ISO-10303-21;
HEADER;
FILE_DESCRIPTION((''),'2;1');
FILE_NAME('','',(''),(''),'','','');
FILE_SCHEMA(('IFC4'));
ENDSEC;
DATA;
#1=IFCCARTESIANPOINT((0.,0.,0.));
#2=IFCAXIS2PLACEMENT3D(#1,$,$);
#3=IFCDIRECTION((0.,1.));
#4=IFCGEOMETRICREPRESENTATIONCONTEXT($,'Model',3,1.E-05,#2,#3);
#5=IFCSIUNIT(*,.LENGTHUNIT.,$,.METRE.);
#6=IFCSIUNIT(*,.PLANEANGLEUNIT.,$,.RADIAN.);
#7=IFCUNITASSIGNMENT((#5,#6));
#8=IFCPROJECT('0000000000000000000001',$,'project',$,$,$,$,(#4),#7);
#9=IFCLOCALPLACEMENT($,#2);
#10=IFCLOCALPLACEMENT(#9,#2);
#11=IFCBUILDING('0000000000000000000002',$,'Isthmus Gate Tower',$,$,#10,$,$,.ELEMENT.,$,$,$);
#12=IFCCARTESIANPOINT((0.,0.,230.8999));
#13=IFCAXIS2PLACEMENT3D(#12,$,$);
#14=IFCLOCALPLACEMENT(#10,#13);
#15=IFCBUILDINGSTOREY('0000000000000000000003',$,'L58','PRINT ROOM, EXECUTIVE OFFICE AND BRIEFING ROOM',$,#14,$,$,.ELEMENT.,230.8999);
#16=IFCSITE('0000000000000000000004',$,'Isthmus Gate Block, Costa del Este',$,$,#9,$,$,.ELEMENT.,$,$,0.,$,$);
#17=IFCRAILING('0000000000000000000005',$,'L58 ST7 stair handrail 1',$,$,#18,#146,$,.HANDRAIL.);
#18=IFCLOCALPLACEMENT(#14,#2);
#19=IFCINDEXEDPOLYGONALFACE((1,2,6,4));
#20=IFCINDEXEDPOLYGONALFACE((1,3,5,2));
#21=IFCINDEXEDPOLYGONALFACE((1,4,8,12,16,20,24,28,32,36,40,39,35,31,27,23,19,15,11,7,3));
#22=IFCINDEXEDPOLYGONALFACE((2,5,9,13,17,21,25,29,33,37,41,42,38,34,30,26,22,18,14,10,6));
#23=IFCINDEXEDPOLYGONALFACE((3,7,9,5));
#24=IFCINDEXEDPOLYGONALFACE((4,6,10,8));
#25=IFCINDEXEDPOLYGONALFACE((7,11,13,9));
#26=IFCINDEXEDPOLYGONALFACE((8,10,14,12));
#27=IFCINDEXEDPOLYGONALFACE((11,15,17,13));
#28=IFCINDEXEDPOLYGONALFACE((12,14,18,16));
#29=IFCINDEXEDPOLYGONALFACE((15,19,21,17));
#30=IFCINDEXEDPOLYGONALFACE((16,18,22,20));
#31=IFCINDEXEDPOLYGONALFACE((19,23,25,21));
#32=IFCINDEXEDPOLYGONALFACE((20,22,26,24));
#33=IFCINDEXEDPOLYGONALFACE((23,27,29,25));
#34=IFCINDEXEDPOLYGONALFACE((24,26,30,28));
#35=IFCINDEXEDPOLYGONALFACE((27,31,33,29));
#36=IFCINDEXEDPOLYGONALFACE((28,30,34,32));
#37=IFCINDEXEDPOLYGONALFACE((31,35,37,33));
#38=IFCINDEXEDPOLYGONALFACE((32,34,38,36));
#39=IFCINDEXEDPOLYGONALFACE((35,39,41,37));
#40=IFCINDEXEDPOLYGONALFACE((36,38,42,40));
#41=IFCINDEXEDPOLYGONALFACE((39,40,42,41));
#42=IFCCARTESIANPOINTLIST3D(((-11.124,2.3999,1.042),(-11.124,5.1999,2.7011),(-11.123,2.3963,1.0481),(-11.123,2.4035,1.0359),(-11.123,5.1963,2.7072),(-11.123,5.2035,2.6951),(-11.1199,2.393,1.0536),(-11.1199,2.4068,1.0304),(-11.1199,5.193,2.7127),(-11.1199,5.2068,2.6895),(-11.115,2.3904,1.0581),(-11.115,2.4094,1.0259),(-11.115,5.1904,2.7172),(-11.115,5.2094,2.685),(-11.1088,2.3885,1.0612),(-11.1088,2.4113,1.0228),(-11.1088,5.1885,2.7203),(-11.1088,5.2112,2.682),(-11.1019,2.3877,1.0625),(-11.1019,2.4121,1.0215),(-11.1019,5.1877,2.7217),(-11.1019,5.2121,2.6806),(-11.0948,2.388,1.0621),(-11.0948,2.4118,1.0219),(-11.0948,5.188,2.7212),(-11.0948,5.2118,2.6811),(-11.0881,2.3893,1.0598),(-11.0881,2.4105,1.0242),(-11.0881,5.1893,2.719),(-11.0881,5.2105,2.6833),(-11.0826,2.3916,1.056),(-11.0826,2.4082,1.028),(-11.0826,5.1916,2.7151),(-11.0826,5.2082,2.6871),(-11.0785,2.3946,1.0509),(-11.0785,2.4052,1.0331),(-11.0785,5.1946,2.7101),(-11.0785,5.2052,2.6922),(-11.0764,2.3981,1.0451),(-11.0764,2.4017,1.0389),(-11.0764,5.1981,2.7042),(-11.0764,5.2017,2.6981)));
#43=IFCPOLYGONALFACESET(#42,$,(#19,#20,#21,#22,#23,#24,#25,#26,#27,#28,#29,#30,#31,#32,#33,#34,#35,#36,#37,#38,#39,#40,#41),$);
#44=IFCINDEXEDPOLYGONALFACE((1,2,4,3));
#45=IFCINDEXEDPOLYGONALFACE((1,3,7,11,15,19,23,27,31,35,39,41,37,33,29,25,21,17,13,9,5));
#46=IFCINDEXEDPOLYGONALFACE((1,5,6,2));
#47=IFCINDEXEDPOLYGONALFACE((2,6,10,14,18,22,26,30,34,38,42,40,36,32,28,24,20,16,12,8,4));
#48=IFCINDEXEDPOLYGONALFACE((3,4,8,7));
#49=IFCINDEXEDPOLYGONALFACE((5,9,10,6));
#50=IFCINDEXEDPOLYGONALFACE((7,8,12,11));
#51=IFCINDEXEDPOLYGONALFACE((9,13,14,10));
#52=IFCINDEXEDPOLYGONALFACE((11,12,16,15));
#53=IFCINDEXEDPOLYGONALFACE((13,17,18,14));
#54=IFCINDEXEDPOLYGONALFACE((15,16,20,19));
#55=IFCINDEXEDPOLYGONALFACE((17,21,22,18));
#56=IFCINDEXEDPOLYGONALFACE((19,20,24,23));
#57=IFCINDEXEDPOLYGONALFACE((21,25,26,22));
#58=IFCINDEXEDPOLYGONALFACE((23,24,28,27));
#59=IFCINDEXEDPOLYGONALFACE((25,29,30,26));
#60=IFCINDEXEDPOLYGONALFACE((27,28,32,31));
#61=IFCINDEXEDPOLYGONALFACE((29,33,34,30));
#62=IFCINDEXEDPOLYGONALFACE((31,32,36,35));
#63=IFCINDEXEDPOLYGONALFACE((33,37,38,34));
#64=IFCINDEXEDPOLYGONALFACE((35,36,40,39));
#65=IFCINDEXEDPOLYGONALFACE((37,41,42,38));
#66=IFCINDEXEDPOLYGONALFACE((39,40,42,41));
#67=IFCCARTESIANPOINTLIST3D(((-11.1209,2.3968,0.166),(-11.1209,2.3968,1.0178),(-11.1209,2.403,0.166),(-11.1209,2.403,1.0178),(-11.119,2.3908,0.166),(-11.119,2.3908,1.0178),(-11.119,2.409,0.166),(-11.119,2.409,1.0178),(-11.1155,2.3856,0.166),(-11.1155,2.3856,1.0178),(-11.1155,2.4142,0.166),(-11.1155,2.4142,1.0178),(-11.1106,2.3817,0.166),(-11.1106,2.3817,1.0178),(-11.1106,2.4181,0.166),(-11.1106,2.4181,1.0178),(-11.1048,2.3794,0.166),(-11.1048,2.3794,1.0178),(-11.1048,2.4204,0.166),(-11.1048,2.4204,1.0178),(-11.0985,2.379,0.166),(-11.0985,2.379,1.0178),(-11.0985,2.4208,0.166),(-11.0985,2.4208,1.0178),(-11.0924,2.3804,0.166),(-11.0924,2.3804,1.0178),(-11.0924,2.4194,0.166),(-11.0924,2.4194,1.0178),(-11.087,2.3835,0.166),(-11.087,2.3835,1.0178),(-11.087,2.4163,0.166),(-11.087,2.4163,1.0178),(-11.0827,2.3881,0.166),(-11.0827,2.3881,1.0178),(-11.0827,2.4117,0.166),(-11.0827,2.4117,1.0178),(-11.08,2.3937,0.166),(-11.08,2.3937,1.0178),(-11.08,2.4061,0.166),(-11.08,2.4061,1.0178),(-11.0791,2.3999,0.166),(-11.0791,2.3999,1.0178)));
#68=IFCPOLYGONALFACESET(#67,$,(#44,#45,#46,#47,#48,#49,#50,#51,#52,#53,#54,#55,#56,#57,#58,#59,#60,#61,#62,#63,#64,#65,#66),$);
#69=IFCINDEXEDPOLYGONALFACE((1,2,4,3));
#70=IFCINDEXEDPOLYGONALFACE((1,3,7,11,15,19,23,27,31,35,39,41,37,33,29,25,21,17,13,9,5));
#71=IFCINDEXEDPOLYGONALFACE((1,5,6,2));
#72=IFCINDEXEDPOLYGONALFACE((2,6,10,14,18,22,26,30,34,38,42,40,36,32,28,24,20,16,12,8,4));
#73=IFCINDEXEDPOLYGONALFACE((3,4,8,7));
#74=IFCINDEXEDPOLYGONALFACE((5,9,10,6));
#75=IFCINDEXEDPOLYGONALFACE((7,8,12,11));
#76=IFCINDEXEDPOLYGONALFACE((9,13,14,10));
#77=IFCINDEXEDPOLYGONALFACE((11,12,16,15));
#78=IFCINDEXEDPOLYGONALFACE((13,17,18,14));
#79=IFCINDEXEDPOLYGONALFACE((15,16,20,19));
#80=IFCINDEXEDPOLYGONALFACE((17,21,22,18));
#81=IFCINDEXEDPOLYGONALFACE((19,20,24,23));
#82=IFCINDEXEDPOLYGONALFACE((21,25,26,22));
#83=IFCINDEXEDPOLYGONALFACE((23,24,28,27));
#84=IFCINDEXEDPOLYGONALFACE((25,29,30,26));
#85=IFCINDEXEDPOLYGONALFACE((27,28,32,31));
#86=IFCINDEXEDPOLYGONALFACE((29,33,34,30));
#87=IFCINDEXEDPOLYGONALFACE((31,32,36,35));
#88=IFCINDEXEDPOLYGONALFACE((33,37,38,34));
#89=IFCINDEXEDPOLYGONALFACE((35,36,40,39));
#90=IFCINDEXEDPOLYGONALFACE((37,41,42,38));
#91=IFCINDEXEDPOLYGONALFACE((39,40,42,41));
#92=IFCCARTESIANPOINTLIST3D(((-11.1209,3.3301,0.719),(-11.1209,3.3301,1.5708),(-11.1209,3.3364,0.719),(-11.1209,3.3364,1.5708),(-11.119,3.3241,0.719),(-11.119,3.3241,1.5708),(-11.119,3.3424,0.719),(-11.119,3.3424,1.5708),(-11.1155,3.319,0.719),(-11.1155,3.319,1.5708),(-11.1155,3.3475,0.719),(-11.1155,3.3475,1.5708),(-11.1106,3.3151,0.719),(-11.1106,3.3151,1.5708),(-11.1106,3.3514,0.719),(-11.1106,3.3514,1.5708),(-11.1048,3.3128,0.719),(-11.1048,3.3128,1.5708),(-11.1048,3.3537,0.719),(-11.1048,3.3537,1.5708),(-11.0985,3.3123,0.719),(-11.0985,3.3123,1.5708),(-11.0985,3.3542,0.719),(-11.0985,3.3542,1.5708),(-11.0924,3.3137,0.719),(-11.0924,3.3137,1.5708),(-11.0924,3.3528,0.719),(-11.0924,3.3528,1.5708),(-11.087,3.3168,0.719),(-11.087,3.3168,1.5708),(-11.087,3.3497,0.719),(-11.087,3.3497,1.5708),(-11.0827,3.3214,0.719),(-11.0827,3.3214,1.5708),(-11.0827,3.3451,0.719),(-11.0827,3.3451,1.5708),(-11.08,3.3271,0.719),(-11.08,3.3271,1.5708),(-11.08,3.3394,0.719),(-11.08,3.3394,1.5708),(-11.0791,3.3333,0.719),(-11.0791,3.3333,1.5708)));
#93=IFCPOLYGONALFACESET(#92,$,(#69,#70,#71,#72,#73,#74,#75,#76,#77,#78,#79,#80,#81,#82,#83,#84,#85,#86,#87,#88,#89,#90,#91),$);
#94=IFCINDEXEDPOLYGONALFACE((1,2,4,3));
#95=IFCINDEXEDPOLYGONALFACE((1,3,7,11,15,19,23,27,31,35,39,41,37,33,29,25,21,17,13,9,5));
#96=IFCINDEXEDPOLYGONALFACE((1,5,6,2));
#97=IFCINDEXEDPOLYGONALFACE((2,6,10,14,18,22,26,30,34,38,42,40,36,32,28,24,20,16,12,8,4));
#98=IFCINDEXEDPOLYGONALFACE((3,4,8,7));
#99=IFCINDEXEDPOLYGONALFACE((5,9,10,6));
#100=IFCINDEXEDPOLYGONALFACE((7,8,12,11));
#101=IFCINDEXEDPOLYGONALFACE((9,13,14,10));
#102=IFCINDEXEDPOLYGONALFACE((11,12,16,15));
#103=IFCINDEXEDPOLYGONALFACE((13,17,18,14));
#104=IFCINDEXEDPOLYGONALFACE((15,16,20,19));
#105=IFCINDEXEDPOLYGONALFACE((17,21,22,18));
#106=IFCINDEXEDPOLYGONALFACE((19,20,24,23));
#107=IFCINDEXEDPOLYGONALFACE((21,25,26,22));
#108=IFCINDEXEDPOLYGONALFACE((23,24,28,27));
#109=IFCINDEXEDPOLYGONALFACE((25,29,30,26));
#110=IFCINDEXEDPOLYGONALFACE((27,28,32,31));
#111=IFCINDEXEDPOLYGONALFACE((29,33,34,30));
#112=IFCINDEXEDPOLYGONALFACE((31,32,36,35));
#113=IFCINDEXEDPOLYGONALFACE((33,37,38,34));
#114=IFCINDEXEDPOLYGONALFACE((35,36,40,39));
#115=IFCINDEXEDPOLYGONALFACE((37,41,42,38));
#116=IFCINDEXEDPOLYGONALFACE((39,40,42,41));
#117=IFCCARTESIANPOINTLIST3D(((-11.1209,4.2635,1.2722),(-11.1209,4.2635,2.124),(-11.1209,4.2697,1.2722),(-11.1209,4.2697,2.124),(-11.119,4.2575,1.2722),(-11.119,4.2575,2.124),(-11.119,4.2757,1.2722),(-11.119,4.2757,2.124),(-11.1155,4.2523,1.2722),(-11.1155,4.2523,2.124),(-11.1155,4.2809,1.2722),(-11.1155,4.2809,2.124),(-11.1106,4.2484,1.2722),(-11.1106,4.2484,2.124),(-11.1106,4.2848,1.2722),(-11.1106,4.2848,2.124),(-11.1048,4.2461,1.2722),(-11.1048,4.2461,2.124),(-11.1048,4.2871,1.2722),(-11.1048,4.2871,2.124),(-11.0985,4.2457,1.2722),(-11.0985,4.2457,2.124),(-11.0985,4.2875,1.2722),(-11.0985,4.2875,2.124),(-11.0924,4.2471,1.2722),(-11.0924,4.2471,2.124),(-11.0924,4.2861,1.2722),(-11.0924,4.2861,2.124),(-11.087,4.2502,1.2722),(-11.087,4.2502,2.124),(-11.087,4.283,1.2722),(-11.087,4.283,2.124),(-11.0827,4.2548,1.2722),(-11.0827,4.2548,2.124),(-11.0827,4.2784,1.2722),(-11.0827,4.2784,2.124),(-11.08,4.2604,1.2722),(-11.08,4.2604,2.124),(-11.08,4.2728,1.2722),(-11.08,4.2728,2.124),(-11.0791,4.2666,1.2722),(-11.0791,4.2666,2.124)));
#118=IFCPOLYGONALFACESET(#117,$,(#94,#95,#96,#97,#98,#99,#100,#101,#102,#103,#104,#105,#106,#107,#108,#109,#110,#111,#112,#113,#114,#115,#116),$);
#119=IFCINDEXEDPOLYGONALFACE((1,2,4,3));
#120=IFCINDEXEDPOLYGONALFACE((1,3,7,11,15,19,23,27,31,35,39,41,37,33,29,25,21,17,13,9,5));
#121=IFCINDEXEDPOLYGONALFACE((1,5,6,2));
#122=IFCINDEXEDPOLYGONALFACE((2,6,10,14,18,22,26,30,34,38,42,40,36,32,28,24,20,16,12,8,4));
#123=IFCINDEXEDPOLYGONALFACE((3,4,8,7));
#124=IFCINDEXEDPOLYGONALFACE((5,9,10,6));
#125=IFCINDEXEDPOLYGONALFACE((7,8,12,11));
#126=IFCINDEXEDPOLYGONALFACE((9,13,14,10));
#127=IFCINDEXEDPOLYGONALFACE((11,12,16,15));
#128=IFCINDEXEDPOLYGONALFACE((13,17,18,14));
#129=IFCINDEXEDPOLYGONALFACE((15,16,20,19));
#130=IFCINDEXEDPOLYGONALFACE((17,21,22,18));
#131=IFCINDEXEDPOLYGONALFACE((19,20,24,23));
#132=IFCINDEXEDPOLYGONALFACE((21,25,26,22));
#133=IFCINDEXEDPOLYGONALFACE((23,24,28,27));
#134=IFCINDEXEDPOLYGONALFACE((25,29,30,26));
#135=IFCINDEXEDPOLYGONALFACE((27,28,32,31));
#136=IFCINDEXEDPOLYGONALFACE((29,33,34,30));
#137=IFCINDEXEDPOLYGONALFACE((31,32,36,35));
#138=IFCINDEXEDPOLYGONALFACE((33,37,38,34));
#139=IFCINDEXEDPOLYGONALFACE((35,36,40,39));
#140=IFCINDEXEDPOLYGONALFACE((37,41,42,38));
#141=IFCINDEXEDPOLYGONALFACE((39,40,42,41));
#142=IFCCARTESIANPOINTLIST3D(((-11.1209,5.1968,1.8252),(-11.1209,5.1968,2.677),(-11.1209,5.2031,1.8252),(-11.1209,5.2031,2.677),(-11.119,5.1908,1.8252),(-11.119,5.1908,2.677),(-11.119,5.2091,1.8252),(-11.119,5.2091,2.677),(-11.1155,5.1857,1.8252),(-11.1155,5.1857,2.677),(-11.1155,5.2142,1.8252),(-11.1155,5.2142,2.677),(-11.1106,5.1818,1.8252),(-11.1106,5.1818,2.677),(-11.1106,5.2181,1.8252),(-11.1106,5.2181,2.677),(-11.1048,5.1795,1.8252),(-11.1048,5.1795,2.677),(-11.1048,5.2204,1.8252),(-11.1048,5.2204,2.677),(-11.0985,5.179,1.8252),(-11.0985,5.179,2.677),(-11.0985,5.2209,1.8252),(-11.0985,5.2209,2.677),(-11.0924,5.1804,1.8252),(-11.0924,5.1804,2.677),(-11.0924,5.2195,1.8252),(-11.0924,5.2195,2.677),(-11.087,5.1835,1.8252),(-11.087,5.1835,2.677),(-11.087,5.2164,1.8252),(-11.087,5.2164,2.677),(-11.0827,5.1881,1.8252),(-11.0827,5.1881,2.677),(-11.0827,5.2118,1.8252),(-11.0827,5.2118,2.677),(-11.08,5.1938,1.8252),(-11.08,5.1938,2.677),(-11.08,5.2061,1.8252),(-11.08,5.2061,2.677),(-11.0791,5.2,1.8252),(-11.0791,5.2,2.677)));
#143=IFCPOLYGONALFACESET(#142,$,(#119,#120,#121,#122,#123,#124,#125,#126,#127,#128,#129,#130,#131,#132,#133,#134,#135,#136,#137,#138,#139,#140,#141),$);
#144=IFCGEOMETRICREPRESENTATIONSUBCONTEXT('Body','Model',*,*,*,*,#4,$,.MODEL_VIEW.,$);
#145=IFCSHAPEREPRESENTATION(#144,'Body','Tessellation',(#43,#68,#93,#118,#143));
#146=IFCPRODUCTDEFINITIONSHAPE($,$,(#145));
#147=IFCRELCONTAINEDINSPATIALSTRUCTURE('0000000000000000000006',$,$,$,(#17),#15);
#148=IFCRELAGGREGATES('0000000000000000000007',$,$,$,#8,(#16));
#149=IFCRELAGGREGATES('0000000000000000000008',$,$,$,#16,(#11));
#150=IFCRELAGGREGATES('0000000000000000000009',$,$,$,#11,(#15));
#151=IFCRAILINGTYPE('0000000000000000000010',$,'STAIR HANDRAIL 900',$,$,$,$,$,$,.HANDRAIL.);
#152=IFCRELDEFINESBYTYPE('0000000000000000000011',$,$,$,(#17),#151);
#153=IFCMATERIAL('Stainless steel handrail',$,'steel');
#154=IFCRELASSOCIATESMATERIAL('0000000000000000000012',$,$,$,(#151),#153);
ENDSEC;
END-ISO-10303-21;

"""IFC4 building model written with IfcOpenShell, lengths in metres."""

from ifc_helpers import new_model, si_unit, direction, frame, origin, origin_2d, place, context, subcontext, project, spatial, circle, extrude, material, type_object, element, save


model = new_model("IFC4")

# Units and contexts
model_context = context("Model", 3, precision=1e-05, world=origin(), true_north=direction((0.0, 1.0)))
body_context = subcontext(model_context, "Body", "Model", "MODEL_VIEW")
ifc_project = project(units=[si_unit("LENGTHUNIT", "METRE"), si_unit("PLANEANGLEUNIT", "RADIAN")], contexts=[model_context])

# Site, building, storey
site_placement = place(None, origin())
site = spatial("IfcSite", under=ifc_project, at=site_placement, Name="Isthmus Gate Block, Costa del Este", CompositionType="ELEMENT", RefElevation=0.0)
building_placement = place(site_placement, origin())
building = spatial("IfcBuilding", under=site, at=building_placement, Name="Isthmus Gate Tower", CompositionType="ELEMENT")
storey_placement = place(building_placement, frame((0.0, 0.0, 230.8999)))
storey = spatial("IfcBuildingStorey", under=building, at=storey_placement, Name="L58", Description="PRINT ROOM, EXECUTIVE OFFICE AND BRIEFING ROOM", CompositionType="ELEMENT", Elevation=230.8999)

# Railing
ifc_material_1 = material(Name="Stainless steel handrail", Category="steel")
railing_type_1 = type_object("IfcRailingType", Name="STAIR HANDRAIL 900", PredefinedType="HANDRAIL", material=ifc_material_1)
railing_1_placement = place(storey_placement, frame((-11.1001, 2.3999, 0.166)))
element("IfcRailing", 1, at=railing_1_placement, inside=storey, type_object=railing_type_1, Name="L58 ST7 stair handrail 1", PredefinedType="HANDRAIL", context=body_context, shape_type="SweptSolid", body=[
    extrude(circle(Radius=0.0239, at=origin_2d()), frame((0.0, 0.0, 0.876), z_axis=(0.0, 0.860306, 0.509778), x_axis=(-1.0, 0.0, 0.0)), (0.0, 0.0, 1.0), 3.2546),
    extrude(circle(Radius=0.021, at=origin_2d()), origin(), (0.0, 0.0, 1.0), 0.8518),
    extrude(circle(Radius=0.021, at=origin_2d()), frame((0.0, 0.9333, 0.553)), (0.0, 0.0, 1.0), 0.8518),
    extrude(circle(Radius=0.021, at=origin_2d()), frame((0.0, 1.8667, 1.1062)), (0.0, 0.0, 1.0), 0.8518),
    extrude(circle(Radius=0.021, at=origin_2d()), frame((0.0, 2.8, 1.6592)), (0.0, 0.0, 1.0), 0.8518),
])

save(model, "model.ifc")
